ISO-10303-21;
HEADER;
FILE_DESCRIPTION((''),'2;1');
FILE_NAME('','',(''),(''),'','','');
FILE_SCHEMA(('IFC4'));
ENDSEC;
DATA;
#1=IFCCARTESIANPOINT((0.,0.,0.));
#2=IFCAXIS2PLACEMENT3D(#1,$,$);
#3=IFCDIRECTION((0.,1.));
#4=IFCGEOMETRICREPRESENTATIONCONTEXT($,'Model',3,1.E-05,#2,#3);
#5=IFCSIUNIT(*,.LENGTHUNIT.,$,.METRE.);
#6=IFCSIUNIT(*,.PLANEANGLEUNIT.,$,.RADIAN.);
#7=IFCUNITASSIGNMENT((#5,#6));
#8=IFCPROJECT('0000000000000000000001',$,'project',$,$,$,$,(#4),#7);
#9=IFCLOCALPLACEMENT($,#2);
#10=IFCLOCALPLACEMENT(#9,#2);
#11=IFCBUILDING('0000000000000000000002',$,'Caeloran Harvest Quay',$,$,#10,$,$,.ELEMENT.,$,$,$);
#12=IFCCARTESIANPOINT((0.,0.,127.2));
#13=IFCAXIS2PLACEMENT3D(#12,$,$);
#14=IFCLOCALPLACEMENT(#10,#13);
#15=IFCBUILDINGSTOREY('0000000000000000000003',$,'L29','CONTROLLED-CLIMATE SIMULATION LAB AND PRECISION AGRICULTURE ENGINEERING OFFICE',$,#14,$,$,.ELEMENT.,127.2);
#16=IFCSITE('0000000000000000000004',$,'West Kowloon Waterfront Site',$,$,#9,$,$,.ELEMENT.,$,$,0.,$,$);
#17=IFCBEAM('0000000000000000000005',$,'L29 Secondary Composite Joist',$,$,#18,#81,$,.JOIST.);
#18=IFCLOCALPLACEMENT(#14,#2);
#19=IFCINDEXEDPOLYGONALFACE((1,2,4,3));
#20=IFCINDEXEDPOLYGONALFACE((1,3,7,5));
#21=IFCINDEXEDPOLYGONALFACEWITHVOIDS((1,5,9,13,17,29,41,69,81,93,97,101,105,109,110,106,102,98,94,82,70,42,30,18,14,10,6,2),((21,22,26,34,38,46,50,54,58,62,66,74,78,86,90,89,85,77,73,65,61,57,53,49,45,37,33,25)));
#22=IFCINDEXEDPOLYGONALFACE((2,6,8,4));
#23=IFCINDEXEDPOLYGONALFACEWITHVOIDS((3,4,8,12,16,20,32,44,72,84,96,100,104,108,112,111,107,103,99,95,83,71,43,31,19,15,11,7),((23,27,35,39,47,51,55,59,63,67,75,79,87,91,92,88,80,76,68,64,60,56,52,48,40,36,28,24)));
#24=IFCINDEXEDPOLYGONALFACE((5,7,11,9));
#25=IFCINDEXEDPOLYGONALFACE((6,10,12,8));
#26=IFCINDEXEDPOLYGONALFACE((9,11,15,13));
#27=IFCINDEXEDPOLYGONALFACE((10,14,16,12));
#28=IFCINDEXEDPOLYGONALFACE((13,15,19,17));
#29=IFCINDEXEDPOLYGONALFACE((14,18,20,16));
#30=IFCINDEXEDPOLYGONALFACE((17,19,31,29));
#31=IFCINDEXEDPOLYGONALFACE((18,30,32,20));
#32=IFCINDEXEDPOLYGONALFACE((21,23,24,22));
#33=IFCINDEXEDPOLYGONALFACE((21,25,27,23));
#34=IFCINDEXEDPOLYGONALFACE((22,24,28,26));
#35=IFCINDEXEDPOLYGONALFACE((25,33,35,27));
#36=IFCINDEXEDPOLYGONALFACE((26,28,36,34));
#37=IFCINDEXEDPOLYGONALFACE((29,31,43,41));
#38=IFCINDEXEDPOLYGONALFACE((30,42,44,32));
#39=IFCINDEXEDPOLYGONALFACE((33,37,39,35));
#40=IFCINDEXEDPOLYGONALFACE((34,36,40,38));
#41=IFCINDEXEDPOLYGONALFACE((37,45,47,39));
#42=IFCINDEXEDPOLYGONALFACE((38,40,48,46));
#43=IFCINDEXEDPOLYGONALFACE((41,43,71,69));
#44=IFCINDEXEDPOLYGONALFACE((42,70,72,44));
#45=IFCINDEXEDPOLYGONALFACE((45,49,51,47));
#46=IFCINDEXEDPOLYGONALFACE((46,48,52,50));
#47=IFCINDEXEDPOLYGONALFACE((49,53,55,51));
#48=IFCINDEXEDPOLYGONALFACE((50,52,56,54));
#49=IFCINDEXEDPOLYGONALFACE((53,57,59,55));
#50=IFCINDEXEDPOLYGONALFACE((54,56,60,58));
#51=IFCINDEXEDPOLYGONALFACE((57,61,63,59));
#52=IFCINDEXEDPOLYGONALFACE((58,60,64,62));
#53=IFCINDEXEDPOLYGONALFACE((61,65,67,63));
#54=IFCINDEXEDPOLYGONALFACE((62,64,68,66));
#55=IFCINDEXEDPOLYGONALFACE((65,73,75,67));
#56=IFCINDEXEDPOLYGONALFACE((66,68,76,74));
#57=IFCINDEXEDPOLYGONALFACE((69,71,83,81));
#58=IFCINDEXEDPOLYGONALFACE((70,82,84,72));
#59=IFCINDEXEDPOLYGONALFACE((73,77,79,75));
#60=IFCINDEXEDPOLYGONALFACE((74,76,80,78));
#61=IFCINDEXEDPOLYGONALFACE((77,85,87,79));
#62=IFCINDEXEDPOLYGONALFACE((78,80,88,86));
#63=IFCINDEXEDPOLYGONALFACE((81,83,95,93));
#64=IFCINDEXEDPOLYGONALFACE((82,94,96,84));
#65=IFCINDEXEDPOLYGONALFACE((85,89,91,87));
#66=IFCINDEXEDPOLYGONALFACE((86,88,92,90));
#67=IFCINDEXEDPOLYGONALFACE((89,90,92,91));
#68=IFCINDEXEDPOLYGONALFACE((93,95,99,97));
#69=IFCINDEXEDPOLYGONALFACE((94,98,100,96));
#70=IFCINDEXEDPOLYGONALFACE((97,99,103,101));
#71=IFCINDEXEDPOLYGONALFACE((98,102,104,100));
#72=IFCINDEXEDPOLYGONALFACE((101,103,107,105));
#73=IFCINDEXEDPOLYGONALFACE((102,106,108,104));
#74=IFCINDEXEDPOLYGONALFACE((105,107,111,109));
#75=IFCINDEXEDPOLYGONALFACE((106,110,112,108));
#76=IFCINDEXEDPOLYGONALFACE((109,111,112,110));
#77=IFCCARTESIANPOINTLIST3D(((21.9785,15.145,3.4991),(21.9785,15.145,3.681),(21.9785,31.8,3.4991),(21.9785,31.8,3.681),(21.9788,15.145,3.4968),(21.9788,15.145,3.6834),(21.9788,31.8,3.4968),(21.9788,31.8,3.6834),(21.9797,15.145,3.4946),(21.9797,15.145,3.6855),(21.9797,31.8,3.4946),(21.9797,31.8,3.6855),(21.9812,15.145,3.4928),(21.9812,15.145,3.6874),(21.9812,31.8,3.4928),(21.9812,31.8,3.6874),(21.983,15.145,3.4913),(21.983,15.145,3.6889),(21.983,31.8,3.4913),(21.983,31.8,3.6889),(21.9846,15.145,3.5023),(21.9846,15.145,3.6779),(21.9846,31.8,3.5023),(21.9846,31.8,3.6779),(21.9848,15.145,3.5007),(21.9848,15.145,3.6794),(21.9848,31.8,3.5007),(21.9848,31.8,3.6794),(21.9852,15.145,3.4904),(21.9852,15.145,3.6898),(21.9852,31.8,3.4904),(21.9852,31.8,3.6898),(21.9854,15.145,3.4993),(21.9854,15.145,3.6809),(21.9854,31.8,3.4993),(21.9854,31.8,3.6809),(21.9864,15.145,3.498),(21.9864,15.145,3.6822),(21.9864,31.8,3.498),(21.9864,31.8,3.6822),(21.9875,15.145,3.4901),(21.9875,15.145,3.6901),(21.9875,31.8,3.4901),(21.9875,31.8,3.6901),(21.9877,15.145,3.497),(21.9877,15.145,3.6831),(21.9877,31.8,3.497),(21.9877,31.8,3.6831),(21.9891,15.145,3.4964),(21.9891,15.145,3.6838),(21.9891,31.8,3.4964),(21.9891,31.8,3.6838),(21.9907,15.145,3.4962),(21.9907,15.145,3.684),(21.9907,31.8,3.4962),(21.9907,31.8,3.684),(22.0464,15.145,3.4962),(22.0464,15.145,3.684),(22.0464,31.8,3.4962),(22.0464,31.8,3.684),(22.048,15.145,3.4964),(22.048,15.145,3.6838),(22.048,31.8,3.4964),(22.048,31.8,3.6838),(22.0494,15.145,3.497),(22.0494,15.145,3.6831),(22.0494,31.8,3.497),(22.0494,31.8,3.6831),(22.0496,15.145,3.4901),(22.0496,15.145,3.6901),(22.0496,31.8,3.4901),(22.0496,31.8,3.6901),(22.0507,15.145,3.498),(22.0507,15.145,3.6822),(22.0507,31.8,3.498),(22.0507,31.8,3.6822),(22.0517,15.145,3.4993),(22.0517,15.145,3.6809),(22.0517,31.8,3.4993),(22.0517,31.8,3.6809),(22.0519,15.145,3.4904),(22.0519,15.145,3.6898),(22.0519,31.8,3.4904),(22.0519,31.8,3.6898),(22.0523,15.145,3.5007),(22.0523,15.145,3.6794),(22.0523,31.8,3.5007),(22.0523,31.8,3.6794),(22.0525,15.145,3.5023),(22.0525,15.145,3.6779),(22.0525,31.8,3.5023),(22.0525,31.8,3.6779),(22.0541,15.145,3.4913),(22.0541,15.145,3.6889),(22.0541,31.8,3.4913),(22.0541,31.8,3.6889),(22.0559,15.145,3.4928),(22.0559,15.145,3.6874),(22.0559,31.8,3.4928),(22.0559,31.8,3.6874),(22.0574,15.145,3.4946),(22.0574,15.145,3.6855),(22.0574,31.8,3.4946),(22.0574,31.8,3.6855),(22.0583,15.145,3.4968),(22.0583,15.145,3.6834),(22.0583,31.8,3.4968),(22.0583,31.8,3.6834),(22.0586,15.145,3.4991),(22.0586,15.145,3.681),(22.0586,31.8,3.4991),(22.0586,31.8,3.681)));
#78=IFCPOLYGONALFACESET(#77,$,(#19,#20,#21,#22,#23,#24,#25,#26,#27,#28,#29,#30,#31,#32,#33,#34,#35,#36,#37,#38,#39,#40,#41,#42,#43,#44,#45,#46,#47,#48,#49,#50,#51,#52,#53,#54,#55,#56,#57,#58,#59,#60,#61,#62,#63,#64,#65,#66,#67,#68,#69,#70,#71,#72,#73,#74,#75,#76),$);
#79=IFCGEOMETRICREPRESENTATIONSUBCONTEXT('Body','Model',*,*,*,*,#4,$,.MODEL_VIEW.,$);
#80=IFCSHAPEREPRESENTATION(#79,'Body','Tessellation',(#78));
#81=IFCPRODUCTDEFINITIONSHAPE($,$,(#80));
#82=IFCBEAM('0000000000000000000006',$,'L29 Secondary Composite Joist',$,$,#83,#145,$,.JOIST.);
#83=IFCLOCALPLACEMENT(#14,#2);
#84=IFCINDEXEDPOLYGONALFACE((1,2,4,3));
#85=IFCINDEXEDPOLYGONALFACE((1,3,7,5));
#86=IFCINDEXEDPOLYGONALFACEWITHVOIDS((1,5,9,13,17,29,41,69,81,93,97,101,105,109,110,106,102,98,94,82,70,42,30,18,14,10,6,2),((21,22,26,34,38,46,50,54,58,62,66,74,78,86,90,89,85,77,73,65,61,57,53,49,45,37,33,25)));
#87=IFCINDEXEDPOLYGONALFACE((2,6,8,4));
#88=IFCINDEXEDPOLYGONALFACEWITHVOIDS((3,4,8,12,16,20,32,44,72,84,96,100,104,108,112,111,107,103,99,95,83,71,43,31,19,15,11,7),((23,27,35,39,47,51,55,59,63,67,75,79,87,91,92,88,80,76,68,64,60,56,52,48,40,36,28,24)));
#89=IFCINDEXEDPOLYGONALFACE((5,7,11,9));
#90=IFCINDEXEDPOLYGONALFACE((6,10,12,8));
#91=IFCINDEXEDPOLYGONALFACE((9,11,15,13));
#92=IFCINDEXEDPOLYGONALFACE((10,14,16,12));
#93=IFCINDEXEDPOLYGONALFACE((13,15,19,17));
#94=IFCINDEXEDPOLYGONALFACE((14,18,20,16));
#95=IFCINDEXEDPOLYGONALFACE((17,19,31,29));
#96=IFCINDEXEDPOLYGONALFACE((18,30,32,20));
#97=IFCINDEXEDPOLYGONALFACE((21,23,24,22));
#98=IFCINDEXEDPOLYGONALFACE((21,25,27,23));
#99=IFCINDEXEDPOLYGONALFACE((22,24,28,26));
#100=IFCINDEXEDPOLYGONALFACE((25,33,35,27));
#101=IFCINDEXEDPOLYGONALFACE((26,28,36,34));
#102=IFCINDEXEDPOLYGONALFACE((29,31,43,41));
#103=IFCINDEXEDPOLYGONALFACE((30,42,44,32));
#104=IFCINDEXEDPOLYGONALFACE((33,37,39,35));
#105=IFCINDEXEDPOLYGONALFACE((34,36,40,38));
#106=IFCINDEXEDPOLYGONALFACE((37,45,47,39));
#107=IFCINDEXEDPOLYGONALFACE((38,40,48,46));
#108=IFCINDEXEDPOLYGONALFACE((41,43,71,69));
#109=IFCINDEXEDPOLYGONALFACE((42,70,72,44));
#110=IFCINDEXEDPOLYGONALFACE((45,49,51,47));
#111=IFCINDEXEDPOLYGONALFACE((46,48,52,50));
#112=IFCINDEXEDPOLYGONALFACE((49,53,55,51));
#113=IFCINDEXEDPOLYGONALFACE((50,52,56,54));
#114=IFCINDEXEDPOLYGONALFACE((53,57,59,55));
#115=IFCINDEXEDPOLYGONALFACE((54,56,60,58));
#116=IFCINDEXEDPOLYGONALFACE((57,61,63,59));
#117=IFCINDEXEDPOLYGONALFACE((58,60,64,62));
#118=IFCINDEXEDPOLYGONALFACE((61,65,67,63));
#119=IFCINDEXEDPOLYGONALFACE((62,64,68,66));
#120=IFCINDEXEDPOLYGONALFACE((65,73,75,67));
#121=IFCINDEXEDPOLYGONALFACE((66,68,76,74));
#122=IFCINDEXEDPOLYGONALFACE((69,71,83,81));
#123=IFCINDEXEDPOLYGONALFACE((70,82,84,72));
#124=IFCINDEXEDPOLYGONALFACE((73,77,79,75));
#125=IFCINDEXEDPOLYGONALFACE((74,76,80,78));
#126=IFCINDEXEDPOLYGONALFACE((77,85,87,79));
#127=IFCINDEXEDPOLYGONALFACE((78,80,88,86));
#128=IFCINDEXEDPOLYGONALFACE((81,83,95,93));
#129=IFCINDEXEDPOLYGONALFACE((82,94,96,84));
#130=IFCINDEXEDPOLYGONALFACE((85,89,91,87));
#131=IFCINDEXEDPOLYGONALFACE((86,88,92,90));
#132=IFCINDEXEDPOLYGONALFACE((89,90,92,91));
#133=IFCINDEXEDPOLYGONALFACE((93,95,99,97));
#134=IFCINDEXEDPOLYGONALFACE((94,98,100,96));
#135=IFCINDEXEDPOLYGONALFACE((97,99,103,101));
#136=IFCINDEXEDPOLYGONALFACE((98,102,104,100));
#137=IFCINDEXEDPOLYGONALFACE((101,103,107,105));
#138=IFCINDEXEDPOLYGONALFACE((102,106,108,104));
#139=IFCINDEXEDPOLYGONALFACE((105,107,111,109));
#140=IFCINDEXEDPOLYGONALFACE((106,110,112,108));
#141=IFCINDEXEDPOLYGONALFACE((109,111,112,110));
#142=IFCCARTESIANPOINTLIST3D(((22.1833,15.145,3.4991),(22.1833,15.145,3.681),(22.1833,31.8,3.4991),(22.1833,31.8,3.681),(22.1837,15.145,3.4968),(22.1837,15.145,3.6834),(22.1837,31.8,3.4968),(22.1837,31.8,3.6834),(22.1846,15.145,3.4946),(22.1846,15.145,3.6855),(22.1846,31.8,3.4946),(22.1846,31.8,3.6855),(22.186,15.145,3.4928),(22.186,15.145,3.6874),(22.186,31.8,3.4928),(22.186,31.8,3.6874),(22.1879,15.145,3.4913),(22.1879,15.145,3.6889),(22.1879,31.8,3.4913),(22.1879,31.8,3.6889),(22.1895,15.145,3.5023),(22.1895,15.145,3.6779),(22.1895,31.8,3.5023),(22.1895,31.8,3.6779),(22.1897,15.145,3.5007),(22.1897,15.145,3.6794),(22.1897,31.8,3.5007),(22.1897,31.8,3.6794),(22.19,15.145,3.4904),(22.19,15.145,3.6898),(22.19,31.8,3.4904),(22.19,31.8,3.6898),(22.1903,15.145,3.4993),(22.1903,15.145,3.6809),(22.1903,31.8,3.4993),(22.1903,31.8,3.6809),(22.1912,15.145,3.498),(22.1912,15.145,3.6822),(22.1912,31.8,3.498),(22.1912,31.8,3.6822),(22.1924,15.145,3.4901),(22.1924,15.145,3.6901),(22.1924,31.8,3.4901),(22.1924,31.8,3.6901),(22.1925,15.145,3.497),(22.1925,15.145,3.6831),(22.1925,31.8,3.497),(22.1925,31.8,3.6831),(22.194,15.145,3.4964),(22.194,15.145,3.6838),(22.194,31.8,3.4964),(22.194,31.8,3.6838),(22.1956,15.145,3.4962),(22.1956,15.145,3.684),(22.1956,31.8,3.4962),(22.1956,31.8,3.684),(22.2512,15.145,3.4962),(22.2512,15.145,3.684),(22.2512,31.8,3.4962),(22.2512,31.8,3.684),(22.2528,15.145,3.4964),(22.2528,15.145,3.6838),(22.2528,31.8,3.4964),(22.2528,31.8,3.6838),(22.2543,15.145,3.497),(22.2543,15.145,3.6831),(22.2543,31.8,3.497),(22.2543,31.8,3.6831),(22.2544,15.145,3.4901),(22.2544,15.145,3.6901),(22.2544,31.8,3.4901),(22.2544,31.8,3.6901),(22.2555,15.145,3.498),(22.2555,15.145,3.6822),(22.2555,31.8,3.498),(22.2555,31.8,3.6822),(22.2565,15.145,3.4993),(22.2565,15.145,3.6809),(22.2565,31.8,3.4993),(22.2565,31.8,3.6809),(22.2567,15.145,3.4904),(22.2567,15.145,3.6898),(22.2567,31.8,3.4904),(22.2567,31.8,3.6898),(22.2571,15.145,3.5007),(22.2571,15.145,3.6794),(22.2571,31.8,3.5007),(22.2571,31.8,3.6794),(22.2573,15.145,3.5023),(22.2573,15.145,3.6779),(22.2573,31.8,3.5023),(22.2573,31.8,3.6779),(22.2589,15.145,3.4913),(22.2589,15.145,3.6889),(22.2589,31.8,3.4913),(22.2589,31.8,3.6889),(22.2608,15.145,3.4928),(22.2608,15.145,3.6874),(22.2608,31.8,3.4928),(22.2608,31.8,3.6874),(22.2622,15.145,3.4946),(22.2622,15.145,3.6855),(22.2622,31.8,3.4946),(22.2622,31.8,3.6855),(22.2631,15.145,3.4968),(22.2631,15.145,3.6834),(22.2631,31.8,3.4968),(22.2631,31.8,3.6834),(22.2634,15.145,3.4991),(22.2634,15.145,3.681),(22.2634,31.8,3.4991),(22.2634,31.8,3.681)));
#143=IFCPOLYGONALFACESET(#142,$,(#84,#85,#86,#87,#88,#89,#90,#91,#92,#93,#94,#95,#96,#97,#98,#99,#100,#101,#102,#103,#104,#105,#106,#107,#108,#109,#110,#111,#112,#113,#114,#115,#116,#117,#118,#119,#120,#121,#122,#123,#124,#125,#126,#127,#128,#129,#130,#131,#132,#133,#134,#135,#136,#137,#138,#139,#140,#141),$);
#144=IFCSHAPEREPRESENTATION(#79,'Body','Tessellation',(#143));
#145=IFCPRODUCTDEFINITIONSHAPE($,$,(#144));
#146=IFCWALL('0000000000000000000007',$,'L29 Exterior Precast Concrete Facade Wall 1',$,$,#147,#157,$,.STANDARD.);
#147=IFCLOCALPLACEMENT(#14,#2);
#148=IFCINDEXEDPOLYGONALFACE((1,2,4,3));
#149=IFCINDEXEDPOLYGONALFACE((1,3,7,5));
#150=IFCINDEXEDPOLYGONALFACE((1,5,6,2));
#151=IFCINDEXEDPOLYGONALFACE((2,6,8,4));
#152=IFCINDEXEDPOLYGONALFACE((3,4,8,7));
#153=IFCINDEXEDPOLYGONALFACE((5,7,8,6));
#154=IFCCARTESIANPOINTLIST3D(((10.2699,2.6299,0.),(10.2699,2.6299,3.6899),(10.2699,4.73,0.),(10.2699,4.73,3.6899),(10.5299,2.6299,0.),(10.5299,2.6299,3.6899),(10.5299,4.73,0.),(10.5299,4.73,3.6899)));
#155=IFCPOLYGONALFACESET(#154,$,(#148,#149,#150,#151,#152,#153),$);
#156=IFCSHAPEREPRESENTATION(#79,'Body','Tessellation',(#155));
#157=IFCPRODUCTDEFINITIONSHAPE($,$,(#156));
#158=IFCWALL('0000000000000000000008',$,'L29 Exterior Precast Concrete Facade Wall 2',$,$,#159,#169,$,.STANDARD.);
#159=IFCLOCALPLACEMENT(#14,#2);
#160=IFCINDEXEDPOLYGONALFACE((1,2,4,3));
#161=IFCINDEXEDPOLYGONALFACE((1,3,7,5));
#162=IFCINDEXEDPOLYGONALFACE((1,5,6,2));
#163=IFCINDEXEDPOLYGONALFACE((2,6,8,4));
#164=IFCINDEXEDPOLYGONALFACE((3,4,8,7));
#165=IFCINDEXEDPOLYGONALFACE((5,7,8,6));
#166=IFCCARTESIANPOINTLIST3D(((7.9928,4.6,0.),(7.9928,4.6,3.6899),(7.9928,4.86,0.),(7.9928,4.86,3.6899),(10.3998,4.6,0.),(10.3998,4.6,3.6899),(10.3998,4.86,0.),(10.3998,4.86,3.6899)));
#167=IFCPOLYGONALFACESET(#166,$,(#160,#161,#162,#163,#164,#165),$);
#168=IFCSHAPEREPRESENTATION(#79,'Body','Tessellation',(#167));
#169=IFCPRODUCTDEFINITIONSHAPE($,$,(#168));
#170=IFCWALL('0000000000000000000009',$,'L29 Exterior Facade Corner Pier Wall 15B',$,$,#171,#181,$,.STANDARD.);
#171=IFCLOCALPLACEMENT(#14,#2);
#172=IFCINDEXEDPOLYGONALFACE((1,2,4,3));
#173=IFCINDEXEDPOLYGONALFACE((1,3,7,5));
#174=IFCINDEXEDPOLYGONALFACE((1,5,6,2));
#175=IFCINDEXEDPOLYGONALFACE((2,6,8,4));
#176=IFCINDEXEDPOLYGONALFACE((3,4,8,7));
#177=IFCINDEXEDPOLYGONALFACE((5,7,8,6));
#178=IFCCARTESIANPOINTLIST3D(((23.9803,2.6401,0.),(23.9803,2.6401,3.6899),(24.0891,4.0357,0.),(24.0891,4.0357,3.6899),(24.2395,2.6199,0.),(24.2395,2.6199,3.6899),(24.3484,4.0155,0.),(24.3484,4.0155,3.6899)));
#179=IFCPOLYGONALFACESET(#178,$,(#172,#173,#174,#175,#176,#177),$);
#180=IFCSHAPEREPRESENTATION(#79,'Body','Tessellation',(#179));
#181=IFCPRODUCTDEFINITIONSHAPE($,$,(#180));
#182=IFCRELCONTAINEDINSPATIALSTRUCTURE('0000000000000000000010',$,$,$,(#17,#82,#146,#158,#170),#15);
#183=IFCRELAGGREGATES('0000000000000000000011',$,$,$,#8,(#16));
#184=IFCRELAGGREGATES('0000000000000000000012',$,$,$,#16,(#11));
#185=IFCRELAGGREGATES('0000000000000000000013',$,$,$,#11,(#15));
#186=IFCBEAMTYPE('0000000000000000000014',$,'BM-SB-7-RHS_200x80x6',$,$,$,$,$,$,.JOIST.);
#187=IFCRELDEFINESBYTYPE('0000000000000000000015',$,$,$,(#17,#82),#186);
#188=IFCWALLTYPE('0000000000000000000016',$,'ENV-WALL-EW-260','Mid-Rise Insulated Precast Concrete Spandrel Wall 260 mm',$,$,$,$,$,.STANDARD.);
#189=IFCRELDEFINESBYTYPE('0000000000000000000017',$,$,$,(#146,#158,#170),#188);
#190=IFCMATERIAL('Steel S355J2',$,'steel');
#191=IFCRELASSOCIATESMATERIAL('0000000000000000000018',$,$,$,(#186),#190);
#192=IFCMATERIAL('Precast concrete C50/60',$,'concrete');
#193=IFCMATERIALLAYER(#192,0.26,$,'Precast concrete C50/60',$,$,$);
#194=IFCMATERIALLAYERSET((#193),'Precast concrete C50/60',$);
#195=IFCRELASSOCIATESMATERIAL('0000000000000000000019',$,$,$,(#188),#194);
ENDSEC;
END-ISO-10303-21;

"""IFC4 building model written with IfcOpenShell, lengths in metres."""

from ifc_helpers import new_model, si_unit, direction, frame, frame_2d, origin, origin_2d, place, context, subcontext, project, spatial, rectangle, hollow_rectangle, extrude, material, layer, layer_set, material_profile, profile_set, type_object, element, save


model = new_model("IFC4")

# Units and contexts
model_context = context("Model", 3, precision=1e-05, world=origin(), true_north=direction((0.0, 1.0)))
body_context = subcontext(model_context, "Body", "Model", "MODEL_VIEW")
ifc_project = project(units=[si_unit("LENGTHUNIT", "METRE"), si_unit("PLANEANGLEUNIT", "RADIAN")], contexts=[model_context])

# Site, building, storey
site_placement = place(None, origin())
site = spatial("IfcSite", under=ifc_project, at=site_placement, Name="West Kowloon Waterfront Site", CompositionType="ELEMENT", RefElevation=0.0)
building_placement = place(site_placement, origin())
building = spatial("IfcBuilding", under=site, at=building_placement, Name="Caeloran Harvest Quay", CompositionType="ELEMENT")
storey_placement = place(building_placement, frame((0.0, 0.0, 127.2)))
storey = spatial("IfcBuildingStorey", under=building, at=storey_placement, Name="L29", Description="CONTROLLED-CLIMATE SIMULATION LAB AND PRECISION AGRICULTURE ENGINEERING OFFICE", CompositionType="ELEMENT", Elevation=127.2)

# Beams
ifc_material_1 = material(Name="Steel S355J2", Category="steel")
ifc_material_profile_1 = material_profile(ifc_material_1, hollow_rectangle(XDim=0.0801, YDim=0.2, WallThickness=0.0061, InnerFilletRadius=0.0061, OuterFilletRadius=0.009, at=origin_2d()), Name="RHS 200x80x6")
ifc_profile_set_1 = profile_set([ifc_material_profile_1], Name="Steel S355J2")
beam_type_1 = type_object("IfcBeamType", Name="BM-SB-7-RHS_200x80x6", PredefinedType="JOIST", material=ifc_profile_set_1)
for number, where, z_axis, x_axis, name in (
    (1, (22.0186, 15.145, 3.5901), (0.0, 1.0, 0.0), (-1.0, 0.0, 0.0), "L29 Secondary Composite Joist"),
    (2, (22.2234, 15.145, 3.5901), (0.0, 1.0, 0.0), (-1.0, 0.0, 0.0), "L29 Secondary Composite Joist"),
):
    element("IfcBeam", number, at=place(storey_placement, frame(where, z_axis=z_axis, x_axis=x_axis)), inside=storey, type_object=beam_type_1, Name=name, PredefinedType="JOIST", context=body_context, shape_type="SweptSolid", body=[
        extrude(hollow_rectangle(XDim=0.0801, YDim=0.2, WallThickness=0.0061, InnerFilletRadius=0.0061, OuterFilletRadius=0.009, at=origin_2d()), origin(), (0.0, 0.0, 1.0), 16.655),
    ])

# Walls
ifc_material_2 = material(Name="Precast concrete C50/60", Category="concrete")
ifc_layer_1 = layer(ifc_material_2, 0.26, Name="Precast concrete C50/60")
ifc_layer_set_1 = layer_set([ifc_layer_1], Name="Precast concrete C50/60")
wall_type_1 = type_object("IfcWallType", Name="ENV-WALL-EW-260", Description="Mid-Rise Insulated Precast Concrete Spandrel Wall 260 mm", PredefinedType="STANDARD", material=ifc_layer_set_1)
wall_1_placement = place(storey_placement, frame((10.3999, 2.6299, 0.0), z_axis=(0.0, 0.0, 1.0), x_axis=(0.0, 1.0, 0.0)))
element("IfcWall", 3, at=wall_1_placement, inside=storey, type_object=wall_type_1, Name="L29 Exterior Precast Concrete Facade Wall 1", PredefinedType="STANDARD", context=body_context, shape_type="SweptSolid", body=[
    extrude(rectangle(XDim=2.1001, YDim=0.26, at=frame_2d((1.05, 0.0))), origin(), (0.0, 0.0, 1.0), 3.6899),
])
wall_2_placement = place(storey_placement, frame((10.3999, 4.73, 0.0), z_axis=(0.0, 0.0, 1.0), x_axis=(-1.0, 0.0, 0.0)))
element("IfcWall", 4, at=wall_2_placement, inside=storey, type_object=wall_type_1, Name="L29 Exterior Precast Concrete Facade Wall 2", PredefinedType="STANDARD", context=body_context, shape_type="SweptSolid", body=[
    extrude(rectangle(XDim=2.407, YDim=0.26, at=frame_2d((1.2036, 0.0))), origin(), (0.0, 0.0, 1.0), 3.6899),
])
wall_3_placement = place(storey_placement, frame((24.2188, 4.0256, 0.0), z_axis=(0.0, 0.0, 1.0), x_axis=(-0.077777, -0.996971, 0.0)))
element("IfcWall", 5, at=wall_3_placement, inside=storey, type_object=wall_type_1, Name="L29 Exterior Facade Corner Pier Wall 15B", PredefinedType="STANDARD", context=body_context, shape_type="SweptSolid", body=[
    extrude(rectangle(XDim=1.3999, YDim=0.26, at=frame_2d((0.7, 0.0))), origin(), (0.0, 0.0, 1.0), 3.6899),
])

save(model, "model.ifc")
